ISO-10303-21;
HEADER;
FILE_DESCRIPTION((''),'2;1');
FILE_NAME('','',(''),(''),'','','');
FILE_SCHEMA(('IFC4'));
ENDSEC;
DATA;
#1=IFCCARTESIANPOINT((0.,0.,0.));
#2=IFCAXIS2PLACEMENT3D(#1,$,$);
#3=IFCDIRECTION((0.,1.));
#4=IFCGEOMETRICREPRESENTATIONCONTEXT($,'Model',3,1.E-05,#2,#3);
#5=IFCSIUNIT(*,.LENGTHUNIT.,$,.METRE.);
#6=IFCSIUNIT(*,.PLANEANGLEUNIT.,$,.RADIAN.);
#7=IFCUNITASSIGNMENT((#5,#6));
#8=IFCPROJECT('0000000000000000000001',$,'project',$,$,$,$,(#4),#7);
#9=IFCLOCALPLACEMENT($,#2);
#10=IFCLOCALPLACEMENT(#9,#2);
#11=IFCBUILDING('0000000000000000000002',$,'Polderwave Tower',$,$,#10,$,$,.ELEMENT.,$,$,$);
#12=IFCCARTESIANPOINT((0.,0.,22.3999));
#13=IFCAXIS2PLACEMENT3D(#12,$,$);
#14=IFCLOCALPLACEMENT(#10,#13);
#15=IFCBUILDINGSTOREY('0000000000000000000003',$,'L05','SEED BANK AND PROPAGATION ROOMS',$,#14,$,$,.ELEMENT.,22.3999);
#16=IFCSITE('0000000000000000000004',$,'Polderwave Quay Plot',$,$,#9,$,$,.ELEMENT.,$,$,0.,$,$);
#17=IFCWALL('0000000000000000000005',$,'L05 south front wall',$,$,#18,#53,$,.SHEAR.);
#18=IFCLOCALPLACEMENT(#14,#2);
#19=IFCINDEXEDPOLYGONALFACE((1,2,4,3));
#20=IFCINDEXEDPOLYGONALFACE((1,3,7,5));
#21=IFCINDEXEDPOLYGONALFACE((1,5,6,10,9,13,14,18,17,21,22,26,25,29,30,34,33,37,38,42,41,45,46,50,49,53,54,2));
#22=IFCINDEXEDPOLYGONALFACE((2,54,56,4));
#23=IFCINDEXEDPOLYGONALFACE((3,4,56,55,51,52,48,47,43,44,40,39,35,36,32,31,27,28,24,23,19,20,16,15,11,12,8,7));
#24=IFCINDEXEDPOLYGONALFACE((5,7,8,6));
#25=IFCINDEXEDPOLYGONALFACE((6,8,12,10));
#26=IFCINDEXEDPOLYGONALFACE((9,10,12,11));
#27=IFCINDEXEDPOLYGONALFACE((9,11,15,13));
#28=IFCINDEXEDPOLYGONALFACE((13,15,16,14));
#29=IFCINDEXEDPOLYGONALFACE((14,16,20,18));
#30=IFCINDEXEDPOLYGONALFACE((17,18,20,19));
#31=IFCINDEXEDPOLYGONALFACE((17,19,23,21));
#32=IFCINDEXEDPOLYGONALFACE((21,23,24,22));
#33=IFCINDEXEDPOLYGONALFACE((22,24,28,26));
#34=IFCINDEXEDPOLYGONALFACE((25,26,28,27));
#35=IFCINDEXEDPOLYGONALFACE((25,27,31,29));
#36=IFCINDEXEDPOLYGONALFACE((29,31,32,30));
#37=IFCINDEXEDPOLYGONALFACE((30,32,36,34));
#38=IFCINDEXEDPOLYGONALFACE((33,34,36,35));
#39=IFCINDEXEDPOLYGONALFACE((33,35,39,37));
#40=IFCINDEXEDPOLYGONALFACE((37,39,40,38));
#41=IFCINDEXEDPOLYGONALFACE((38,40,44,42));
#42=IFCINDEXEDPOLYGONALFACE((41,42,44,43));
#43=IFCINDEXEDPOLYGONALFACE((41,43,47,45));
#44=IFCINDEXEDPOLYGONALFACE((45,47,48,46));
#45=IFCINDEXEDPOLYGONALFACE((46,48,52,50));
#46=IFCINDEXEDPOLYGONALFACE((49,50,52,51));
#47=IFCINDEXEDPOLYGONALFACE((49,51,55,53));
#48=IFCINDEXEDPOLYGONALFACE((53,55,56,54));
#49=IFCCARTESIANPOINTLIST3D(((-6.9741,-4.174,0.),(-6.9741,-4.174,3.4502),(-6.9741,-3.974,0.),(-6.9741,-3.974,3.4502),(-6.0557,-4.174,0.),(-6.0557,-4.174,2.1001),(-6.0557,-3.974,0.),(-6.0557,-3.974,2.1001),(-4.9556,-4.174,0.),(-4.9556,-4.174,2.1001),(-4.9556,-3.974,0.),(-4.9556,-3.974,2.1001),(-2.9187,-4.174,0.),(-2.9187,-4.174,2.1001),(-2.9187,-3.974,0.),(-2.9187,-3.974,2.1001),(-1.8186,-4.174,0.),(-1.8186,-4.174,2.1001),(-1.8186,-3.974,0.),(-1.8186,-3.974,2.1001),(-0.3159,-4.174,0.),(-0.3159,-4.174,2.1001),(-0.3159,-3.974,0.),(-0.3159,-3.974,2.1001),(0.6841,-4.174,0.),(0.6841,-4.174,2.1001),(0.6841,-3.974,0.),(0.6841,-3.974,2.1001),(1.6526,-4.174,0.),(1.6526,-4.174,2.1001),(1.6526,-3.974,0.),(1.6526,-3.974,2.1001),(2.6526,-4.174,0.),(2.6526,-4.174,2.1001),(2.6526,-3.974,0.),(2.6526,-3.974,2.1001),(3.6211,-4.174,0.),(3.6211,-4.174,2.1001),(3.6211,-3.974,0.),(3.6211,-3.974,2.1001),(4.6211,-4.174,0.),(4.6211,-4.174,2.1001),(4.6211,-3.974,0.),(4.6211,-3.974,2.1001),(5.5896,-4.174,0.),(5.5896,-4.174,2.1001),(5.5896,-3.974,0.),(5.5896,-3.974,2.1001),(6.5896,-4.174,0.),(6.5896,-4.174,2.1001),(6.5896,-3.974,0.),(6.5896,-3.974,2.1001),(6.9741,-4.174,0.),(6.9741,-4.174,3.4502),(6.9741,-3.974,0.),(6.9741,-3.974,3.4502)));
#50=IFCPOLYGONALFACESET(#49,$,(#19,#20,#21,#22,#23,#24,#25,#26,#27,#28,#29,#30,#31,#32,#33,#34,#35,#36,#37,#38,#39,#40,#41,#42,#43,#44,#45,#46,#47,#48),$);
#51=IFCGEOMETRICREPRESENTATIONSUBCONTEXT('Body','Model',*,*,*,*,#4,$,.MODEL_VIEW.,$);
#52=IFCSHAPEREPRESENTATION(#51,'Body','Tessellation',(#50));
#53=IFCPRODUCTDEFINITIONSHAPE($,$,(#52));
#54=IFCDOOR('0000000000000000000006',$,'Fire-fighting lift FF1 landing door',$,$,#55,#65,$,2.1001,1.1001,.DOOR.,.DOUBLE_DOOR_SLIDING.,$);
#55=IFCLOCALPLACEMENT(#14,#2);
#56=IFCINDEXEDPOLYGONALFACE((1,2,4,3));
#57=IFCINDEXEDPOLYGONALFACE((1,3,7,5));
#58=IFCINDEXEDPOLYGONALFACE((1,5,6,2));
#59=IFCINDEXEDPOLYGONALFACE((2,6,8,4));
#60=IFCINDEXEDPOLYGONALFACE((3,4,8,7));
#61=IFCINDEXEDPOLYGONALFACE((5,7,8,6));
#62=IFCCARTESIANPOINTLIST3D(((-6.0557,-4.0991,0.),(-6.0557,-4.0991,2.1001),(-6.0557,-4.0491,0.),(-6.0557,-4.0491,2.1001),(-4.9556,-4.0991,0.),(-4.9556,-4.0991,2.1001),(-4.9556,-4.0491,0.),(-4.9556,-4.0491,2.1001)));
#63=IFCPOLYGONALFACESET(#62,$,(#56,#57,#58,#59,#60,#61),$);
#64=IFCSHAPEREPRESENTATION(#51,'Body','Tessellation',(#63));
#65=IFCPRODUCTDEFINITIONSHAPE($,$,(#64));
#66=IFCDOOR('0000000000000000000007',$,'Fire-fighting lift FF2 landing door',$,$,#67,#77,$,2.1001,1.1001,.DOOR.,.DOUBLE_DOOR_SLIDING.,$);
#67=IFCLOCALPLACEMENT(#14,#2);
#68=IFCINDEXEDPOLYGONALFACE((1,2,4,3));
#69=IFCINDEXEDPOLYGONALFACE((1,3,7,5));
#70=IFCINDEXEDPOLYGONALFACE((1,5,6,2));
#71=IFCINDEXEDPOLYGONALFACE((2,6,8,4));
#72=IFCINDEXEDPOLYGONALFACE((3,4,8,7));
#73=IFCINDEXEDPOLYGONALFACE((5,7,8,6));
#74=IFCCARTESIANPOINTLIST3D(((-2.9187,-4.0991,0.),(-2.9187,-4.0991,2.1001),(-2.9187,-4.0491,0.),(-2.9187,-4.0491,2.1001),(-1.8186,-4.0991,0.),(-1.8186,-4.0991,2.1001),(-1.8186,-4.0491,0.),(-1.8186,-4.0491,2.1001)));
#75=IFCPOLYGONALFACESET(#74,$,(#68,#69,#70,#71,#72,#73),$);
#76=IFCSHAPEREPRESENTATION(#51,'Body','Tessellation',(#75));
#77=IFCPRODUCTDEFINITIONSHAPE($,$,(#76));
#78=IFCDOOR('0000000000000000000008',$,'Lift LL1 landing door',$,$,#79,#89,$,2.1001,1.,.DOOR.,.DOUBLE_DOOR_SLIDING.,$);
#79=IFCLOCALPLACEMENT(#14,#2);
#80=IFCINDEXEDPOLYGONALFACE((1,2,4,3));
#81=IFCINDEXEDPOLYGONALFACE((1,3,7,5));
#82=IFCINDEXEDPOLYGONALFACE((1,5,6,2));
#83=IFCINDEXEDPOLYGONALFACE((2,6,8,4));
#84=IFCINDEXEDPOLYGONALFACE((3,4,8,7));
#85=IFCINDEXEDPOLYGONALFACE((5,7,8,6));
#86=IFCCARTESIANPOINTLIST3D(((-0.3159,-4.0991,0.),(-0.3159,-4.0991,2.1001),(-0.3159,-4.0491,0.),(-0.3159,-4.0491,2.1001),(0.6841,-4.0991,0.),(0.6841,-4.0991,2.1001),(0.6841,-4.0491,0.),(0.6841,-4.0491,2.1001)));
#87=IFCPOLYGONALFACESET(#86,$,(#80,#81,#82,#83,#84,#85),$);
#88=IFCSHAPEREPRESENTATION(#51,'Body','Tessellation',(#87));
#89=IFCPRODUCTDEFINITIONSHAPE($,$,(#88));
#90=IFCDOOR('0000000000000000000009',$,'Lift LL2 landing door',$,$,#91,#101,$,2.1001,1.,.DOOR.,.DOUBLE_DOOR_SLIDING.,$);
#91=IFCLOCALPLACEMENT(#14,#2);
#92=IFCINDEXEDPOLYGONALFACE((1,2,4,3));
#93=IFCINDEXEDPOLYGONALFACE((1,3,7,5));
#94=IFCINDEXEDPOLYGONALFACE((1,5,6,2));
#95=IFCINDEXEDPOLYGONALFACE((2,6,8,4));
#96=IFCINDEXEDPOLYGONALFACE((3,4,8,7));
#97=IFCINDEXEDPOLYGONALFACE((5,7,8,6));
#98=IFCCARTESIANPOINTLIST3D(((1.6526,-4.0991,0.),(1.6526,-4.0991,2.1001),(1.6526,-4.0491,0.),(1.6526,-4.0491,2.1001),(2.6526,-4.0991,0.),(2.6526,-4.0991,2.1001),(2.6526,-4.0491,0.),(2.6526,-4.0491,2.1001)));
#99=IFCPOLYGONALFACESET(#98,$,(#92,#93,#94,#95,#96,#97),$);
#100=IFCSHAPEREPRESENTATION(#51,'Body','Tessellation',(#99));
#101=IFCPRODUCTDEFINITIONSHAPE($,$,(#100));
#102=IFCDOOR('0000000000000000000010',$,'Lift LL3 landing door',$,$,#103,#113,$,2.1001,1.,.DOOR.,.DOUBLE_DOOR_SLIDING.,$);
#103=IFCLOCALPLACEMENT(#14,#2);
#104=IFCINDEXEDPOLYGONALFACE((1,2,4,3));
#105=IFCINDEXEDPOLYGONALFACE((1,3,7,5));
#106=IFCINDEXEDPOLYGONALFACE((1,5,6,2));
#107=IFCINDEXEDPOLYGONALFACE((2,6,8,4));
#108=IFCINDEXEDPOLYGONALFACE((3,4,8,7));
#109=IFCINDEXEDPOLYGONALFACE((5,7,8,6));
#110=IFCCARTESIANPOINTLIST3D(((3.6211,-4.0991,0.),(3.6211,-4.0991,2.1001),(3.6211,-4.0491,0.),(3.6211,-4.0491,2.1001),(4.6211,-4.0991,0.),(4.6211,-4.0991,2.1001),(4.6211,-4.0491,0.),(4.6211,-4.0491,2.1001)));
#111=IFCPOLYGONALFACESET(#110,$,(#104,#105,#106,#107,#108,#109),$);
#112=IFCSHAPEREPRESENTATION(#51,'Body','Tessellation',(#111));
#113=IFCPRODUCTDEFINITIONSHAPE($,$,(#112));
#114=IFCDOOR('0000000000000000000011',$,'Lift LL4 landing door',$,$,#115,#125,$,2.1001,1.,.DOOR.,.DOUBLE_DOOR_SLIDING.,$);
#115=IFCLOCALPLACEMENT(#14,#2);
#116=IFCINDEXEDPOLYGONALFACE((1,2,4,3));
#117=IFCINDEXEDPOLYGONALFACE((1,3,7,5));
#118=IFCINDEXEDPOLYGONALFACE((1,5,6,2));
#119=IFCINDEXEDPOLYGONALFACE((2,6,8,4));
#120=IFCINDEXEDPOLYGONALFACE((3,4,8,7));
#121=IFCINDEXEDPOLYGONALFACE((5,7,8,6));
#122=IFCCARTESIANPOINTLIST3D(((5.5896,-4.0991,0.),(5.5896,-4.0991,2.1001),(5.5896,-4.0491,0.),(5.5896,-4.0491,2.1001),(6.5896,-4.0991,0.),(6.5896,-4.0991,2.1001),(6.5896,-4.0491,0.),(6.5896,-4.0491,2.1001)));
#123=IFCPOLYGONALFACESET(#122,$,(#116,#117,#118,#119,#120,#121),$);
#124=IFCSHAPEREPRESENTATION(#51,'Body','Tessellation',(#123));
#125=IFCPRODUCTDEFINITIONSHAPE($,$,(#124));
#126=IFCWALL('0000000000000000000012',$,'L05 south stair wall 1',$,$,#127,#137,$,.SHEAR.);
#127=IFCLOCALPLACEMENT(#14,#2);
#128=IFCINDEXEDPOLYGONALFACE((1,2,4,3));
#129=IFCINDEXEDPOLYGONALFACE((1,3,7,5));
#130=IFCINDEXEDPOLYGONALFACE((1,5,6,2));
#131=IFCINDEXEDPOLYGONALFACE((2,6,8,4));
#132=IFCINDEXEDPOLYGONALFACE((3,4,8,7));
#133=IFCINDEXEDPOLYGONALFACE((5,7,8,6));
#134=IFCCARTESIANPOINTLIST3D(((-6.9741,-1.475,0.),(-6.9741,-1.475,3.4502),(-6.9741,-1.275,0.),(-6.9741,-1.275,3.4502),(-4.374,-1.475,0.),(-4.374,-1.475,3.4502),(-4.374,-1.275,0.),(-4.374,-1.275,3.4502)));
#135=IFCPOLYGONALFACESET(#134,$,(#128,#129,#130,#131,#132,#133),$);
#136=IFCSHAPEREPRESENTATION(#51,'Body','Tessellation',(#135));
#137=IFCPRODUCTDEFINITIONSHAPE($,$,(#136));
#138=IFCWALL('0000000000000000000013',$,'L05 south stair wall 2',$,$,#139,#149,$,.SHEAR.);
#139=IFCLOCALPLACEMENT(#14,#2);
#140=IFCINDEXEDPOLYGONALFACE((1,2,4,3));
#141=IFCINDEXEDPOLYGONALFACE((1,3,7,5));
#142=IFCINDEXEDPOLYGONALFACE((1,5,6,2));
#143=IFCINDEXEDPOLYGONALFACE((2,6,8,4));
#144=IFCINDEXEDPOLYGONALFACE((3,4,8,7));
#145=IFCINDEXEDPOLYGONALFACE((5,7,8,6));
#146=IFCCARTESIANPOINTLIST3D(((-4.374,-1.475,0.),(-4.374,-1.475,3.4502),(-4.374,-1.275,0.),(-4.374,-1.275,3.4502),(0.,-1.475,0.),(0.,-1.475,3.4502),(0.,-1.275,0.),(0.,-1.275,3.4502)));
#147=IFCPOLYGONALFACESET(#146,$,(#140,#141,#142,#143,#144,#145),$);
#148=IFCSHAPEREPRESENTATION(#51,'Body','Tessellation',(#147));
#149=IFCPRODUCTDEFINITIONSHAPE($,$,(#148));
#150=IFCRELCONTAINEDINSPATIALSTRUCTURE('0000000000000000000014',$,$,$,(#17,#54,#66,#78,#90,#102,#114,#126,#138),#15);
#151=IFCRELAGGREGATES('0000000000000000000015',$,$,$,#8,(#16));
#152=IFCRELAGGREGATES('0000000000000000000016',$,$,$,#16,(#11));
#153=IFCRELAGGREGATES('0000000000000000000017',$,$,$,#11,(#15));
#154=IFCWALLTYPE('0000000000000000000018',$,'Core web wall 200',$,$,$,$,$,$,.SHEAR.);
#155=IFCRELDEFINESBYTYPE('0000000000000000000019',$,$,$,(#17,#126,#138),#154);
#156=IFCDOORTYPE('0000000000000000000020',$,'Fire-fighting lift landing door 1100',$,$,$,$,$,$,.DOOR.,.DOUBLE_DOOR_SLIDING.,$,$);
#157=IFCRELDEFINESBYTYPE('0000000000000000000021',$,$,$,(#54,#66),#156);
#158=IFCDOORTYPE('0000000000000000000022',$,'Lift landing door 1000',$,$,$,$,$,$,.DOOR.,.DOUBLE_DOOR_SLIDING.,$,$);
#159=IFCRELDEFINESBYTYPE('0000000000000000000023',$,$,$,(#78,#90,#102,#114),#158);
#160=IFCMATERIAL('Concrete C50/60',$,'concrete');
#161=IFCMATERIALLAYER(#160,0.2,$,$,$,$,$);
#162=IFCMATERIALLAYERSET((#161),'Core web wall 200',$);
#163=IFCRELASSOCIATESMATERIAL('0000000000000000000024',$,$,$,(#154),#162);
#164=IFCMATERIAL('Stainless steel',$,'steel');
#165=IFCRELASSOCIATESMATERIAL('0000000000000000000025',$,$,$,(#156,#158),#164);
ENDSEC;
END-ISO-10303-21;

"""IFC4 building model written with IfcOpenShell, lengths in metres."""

from ifc_helpers import new_model, si_unit, direction, frame, frame_2d, origin, place, context, subcontext, project, spatial, rectangle, extrude, material, layer, layer_set, type_object, element, fill, save


model = new_model("IFC4")

# Units and contexts
model_context = context("Model", 3, precision=1e-05, world=origin(), true_north=direction((0.0, 1.0)))
body_context = subcontext(model_context, "Body", "Model", "MODEL_VIEW")
ifc_project = project(units=[si_unit("LENGTHUNIT", "METRE"), si_unit("PLANEANGLEUNIT", "RADIAN")], contexts=[model_context])

# Site, building, storey
site_placement = place(None, origin())
site = spatial("IfcSite", under=ifc_project, at=site_placement, Name="Polderwave Quay Plot", CompositionType="ELEMENT", RefElevation=0.0)
building_placement = place(site_placement, origin())
building = spatial("IfcBuilding", under=site, at=building_placement, Name="Polderwave Tower", CompositionType="ELEMENT")
storey_placement = place(building_placement, frame((0.0, 0.0, 22.3999)))
storey = spatial("IfcBuildingStorey", under=building, at=storey_placement, Name="L05", Description="SEED BANK AND PROPAGATION ROOMS", CompositionType="ELEMENT", Elevation=22.3999)

# Wall, openings, doors
ifc_material_1 = material(Name="Concrete C50/60", Category="concrete")
ifc_layer_1 = layer(ifc_material_1, 0.2)
ifc_layer_set_1 = layer_set([ifc_layer_1], Name="Core web wall 200")
wall_type_1 = type_object("IfcWallType", Name="Core web wall 200", PredefinedType="SHEAR", material=ifc_layer_set_1)
wall_1_placement = place(storey_placement, frame((-6.9741, -4.074, 0.0), z_axis=(0.0, 0.0, 1.0), x_axis=(1.0, 0.0, 0.0)))
wall_1 = element("IfcWall", 1, at=wall_1_placement, inside=storey, type_object=wall_type_1, Name="L05 south front wall", PredefinedType="SHEAR", context=body_context, shape_type="SweptSolid", body=[
    extrude(rectangle(XDim=13.9482, YDim=0.2, at=frame_2d((6.9741, 0.0))), origin(), (0.0, 0.0, 1.0), 3.4502),
])
opening_1_placement = place(wall_1_placement, frame((0.9185, 0.0, 0.0)))
opening_1 = element("IfcOpeningElement", 2, at=opening_1_placement, cuts=wall_1, PredefinedType="OPENING", context=body_context, shape_type="SweptSolid", body=[
    extrude(rectangle(XDim=1.1001, YDim=2.1001, at=frame_2d((0.55, 1.05))), frame((0.0, 0.1099, 0.0), z_axis=(0.0, -1.0, 0.0), x_axis=(1.0, 0.0, 0.0)), (0.0, 0.0, 1.0), 0.22),
])
opening_2_placement = place(wall_1_placement, frame((4.0554, 0.0, 0.0)))
opening_2 = element("IfcOpeningElement", 3, at=opening_2_placement, cuts=wall_1, PredefinedType="OPENING", context=body_context, shape_type="SweptSolid", body=[
    extrude(rectangle(XDim=1.1001, YDim=2.1001, at=frame_2d((0.55, 1.05))), frame((0.0, 0.1099, 0.0), z_axis=(0.0, -1.0, 0.0), x_axis=(1.0, 0.0, 0.0)), (0.0, 0.0, 1.0), 0.22),
])
opening_3_placement = place(wall_1_placement, frame((6.6582, 0.0, 0.0)))
opening_3 = element("IfcOpeningElement", 4, at=opening_3_placement, cuts=wall_1, PredefinedType="OPENING", context=body_context, shape_type="SweptSolid", body=[
    extrude(rectangle(XDim=1.0, YDim=2.1001, at=frame_2d((0.5, 1.05))), frame((0.0, 0.1099, 0.0), z_axis=(0.0, -1.0, 0.0), x_axis=(1.0, 0.0, 0.0)), (0.0, 0.0, 1.0), 0.22),
])
opening_4_placement = place(wall_1_placement, frame((8.6267, 0.0, 0.0)))
opening_4 = element("IfcOpeningElement", 5, at=opening_4_placement, cuts=wall_1, PredefinedType="OPENING", context=body_context, shape_type="SweptSolid", body=[
    extrude(rectangle(XDim=1.0, YDim=2.1001, at=frame_2d((0.5, 1.05))), frame((0.0, 0.1099, 0.0), z_axis=(0.0, -1.0, 0.0), x_axis=(1.0, 0.0, 0.0)), (0.0, 0.0, 1.0), 0.22),
])
opening_5_placement = place(wall_1_placement, frame((10.5952, 0.0, 0.0)))
opening_5 = element("IfcOpeningElement", 6, at=opening_5_placement, cuts=wall_1, PredefinedType="OPENING", context=body_context, shape_type="SweptSolid", body=[
    extrude(rectangle(XDim=1.0, YDim=2.1001, at=frame_2d((0.5, 1.05))), frame((0.0, 0.1099, 0.0), z_axis=(0.0, -1.0, 0.0), x_axis=(1.0, 0.0, 0.0)), (0.0, 0.0, 1.0), 0.22),
])
opening_6_placement = place(wall_1_placement, frame((12.5637, 0.0, 0.0)))
opening_6 = element("IfcOpeningElement", 7, at=opening_6_placement, cuts=wall_1, PredefinedType="OPENING", context=body_context, shape_type="SweptSolid", body=[
    extrude(rectangle(XDim=1.0, YDim=2.1001, at=frame_2d((0.5, 1.05))), frame((0.0, 0.1099, 0.0), z_axis=(0.0, -1.0, 0.0), x_axis=(1.0, 0.0, 0.0)), (0.0, 0.0, 1.0), 0.22),
])
ifc_material_2 = material(Name="Stainless steel", Category="steel")
door_type_1 = type_object("IfcDoorType", Name="Fire-fighting lift landing door 1100", OperationType="DOUBLE_DOOR_SLIDING", PredefinedType="DOOR", material=ifc_material_2)
door_1_placement = place(opening_1_placement, origin())
door_1 = element("IfcDoor", 8, at=door_1_placement, inside=storey, type_object=door_type_1, Name="Fire-fighting lift FF1 landing door", OperationType="DOUBLE_DOOR_SLIDING", OverallHeight=2.1001, OverallWidth=1.1001, PredefinedType="DOOR", context=body_context, shape_type="SweptSolid", body=[
    extrude(rectangle(XDim=1.1001, YDim=2.1001, at=frame_2d((0.55, 1.05))), frame((0.0, 0.0249, 0.0), z_axis=(0.0, -1.0, 0.0), x_axis=(1.0, 0.0, 0.0)), (0.0, 0.0, 1.0), 0.05),
])
fill(opening_1, door_1)
door_2_placement = place(opening_2_placement, origin())
door_2 = element("IfcDoor", 9, at=door_2_placement, inside=storey, type_object=door_type_1, Name="Fire-fighting lift FF2 landing door", OperationType="DOUBLE_DOOR_SLIDING", OverallHeight=2.1001, OverallWidth=1.1001, PredefinedType="DOOR", context=body_context, shape_type="SweptSolid", body=[
    extrude(rectangle(XDim=1.1001, YDim=2.1001, at=frame_2d((0.55, 1.05))), frame((0.0, 0.0249, 0.0), z_axis=(0.0, -1.0, 0.0), x_axis=(1.0, 0.0, 0.0)), (0.0, 0.0, 1.0), 0.05),
])
fill(opening_2, door_2)
door_type_2 = type_object("IfcDoorType", Name="Lift landing door 1000", OperationType="DOUBLE_DOOR_SLIDING", PredefinedType="DOOR", material=ifc_material_2)
door_3_placement = place(opening_3_placement, origin())
door_3 = element("IfcDoor", 10, at=door_3_placement, inside=storey, type_object=door_type_2, Name="Lift LL1 landing door", OperationType="DOUBLE_DOOR_SLIDING", OverallHeight=2.1001, OverallWidth=1.0, PredefinedType="DOOR", context=body_context, shape_type="SweptSolid", body=[
    extrude(rectangle(XDim=1.0, YDim=2.1001, at=frame_2d((0.5, 1.05))), frame((0.0, 0.0249, 0.0), z_axis=(0.0, -1.0, 0.0), x_axis=(1.0, 0.0, 0.0)), (0.0, 0.0, 1.0), 0.05),
])
fill(opening_3, door_3)
door_4_placement = place(opening_4_placement, origin())
door_4 = element("IfcDoor", 11, at=door_4_placement, inside=storey, type_object=door_type_2, Name="Lift LL2 landing door", OperationType="DOUBLE_DOOR_SLIDING", OverallHeight=2.1001, OverallWidth=1.0, PredefinedType="DOOR", context=body_context, shape_type="SweptSolid", body=[
    extrude(rectangle(XDim=1.0, YDim=2.1001, at=frame_2d((0.5, 1.05))), frame((0.0, 0.0249, 0.0), z_axis=(0.0, -1.0, 0.0), x_axis=(1.0, 0.0, 0.0)), (0.0, 0.0, 1.0), 0.05),
])
fill(opening_4, door_4)
door_5_placement = place(opening_5_placement, origin())
door_5 = element("IfcDoor", 12, at=door_5_placement, inside=storey, type_object=door_type_2, Name="Lift LL3 landing door", OperationType="DOUBLE_DOOR_SLIDING", OverallHeight=2.1001, OverallWidth=1.0, PredefinedType="DOOR", context=body_context, shape_type="SweptSolid", body=[
    extrude(rectangle(XDim=1.0, YDim=2.1001, at=frame_2d((0.5, 1.05))), frame((0.0, 0.0249, 0.0), z_axis=(0.0, -1.0, 0.0), x_axis=(1.0, 0.0, 0.0)), (0.0, 0.0, 1.0), 0.05),
])
fill(opening_5, door_5)
door_6_placement = place(opening_6_placement, origin())
door_6 = element("IfcDoor", 13, at=door_6_placement, inside=storey, type_object=door_type_2, Name="Lift LL4 landing door", OperationType="DOUBLE_DOOR_SLIDING", OverallHeight=2.1001, OverallWidth=1.0, PredefinedType="DOOR", context=body_context, shape_type="SweptSolid", body=[
    extrude(rectangle(XDim=1.0, YDim=2.1001, at=frame_2d((0.5, 1.05))), frame((0.0, 0.0249, 0.0), z_axis=(0.0, -1.0, 0.0), x_axis=(1.0, 0.0, 0.0)), (0.0, 0.0, 1.0), 0.05),
])
fill(opening_6, door_6)

# Walls
wall_2_placement = place(storey_placement, frame((-6.9741, -1.375, 0.0), z_axis=(0.0, 0.0, 1.0), x_axis=(1.0, 0.0, 0.0)))
element("IfcWall", 14, at=wall_2_placement, inside=storey, type_object=wall_type_1, Name="L05 south stair wall 1", PredefinedType="SHEAR", context=body_context, shape_type="SweptSolid", body=[
    extrude(rectangle(XDim=2.6001, YDim=0.2, at=frame_2d((1.3, 0.0))), origin(), (0.0, 0.0, 1.0), 3.4502),
])
wall_3_placement = place(storey_placement, frame((-4.374, -1.375, 0.0), z_axis=(0.0, 0.0, 1.0), x_axis=(1.0, 0.0, 0.0)))
element("IfcWall", 15, at=wall_3_placement, inside=storey, type_object=wall_type_1, Name="L05 south stair wall 2", PredefinedType="SHEAR", context=body_context, shape_type="SweptSolid", body=[
    extrude(rectangle(XDim=4.374, YDim=0.2, at=frame_2d((2.187, 0.0))), origin(), (0.0, 0.0, 1.0), 3.4502),
])

save(model, "model.ifc")
